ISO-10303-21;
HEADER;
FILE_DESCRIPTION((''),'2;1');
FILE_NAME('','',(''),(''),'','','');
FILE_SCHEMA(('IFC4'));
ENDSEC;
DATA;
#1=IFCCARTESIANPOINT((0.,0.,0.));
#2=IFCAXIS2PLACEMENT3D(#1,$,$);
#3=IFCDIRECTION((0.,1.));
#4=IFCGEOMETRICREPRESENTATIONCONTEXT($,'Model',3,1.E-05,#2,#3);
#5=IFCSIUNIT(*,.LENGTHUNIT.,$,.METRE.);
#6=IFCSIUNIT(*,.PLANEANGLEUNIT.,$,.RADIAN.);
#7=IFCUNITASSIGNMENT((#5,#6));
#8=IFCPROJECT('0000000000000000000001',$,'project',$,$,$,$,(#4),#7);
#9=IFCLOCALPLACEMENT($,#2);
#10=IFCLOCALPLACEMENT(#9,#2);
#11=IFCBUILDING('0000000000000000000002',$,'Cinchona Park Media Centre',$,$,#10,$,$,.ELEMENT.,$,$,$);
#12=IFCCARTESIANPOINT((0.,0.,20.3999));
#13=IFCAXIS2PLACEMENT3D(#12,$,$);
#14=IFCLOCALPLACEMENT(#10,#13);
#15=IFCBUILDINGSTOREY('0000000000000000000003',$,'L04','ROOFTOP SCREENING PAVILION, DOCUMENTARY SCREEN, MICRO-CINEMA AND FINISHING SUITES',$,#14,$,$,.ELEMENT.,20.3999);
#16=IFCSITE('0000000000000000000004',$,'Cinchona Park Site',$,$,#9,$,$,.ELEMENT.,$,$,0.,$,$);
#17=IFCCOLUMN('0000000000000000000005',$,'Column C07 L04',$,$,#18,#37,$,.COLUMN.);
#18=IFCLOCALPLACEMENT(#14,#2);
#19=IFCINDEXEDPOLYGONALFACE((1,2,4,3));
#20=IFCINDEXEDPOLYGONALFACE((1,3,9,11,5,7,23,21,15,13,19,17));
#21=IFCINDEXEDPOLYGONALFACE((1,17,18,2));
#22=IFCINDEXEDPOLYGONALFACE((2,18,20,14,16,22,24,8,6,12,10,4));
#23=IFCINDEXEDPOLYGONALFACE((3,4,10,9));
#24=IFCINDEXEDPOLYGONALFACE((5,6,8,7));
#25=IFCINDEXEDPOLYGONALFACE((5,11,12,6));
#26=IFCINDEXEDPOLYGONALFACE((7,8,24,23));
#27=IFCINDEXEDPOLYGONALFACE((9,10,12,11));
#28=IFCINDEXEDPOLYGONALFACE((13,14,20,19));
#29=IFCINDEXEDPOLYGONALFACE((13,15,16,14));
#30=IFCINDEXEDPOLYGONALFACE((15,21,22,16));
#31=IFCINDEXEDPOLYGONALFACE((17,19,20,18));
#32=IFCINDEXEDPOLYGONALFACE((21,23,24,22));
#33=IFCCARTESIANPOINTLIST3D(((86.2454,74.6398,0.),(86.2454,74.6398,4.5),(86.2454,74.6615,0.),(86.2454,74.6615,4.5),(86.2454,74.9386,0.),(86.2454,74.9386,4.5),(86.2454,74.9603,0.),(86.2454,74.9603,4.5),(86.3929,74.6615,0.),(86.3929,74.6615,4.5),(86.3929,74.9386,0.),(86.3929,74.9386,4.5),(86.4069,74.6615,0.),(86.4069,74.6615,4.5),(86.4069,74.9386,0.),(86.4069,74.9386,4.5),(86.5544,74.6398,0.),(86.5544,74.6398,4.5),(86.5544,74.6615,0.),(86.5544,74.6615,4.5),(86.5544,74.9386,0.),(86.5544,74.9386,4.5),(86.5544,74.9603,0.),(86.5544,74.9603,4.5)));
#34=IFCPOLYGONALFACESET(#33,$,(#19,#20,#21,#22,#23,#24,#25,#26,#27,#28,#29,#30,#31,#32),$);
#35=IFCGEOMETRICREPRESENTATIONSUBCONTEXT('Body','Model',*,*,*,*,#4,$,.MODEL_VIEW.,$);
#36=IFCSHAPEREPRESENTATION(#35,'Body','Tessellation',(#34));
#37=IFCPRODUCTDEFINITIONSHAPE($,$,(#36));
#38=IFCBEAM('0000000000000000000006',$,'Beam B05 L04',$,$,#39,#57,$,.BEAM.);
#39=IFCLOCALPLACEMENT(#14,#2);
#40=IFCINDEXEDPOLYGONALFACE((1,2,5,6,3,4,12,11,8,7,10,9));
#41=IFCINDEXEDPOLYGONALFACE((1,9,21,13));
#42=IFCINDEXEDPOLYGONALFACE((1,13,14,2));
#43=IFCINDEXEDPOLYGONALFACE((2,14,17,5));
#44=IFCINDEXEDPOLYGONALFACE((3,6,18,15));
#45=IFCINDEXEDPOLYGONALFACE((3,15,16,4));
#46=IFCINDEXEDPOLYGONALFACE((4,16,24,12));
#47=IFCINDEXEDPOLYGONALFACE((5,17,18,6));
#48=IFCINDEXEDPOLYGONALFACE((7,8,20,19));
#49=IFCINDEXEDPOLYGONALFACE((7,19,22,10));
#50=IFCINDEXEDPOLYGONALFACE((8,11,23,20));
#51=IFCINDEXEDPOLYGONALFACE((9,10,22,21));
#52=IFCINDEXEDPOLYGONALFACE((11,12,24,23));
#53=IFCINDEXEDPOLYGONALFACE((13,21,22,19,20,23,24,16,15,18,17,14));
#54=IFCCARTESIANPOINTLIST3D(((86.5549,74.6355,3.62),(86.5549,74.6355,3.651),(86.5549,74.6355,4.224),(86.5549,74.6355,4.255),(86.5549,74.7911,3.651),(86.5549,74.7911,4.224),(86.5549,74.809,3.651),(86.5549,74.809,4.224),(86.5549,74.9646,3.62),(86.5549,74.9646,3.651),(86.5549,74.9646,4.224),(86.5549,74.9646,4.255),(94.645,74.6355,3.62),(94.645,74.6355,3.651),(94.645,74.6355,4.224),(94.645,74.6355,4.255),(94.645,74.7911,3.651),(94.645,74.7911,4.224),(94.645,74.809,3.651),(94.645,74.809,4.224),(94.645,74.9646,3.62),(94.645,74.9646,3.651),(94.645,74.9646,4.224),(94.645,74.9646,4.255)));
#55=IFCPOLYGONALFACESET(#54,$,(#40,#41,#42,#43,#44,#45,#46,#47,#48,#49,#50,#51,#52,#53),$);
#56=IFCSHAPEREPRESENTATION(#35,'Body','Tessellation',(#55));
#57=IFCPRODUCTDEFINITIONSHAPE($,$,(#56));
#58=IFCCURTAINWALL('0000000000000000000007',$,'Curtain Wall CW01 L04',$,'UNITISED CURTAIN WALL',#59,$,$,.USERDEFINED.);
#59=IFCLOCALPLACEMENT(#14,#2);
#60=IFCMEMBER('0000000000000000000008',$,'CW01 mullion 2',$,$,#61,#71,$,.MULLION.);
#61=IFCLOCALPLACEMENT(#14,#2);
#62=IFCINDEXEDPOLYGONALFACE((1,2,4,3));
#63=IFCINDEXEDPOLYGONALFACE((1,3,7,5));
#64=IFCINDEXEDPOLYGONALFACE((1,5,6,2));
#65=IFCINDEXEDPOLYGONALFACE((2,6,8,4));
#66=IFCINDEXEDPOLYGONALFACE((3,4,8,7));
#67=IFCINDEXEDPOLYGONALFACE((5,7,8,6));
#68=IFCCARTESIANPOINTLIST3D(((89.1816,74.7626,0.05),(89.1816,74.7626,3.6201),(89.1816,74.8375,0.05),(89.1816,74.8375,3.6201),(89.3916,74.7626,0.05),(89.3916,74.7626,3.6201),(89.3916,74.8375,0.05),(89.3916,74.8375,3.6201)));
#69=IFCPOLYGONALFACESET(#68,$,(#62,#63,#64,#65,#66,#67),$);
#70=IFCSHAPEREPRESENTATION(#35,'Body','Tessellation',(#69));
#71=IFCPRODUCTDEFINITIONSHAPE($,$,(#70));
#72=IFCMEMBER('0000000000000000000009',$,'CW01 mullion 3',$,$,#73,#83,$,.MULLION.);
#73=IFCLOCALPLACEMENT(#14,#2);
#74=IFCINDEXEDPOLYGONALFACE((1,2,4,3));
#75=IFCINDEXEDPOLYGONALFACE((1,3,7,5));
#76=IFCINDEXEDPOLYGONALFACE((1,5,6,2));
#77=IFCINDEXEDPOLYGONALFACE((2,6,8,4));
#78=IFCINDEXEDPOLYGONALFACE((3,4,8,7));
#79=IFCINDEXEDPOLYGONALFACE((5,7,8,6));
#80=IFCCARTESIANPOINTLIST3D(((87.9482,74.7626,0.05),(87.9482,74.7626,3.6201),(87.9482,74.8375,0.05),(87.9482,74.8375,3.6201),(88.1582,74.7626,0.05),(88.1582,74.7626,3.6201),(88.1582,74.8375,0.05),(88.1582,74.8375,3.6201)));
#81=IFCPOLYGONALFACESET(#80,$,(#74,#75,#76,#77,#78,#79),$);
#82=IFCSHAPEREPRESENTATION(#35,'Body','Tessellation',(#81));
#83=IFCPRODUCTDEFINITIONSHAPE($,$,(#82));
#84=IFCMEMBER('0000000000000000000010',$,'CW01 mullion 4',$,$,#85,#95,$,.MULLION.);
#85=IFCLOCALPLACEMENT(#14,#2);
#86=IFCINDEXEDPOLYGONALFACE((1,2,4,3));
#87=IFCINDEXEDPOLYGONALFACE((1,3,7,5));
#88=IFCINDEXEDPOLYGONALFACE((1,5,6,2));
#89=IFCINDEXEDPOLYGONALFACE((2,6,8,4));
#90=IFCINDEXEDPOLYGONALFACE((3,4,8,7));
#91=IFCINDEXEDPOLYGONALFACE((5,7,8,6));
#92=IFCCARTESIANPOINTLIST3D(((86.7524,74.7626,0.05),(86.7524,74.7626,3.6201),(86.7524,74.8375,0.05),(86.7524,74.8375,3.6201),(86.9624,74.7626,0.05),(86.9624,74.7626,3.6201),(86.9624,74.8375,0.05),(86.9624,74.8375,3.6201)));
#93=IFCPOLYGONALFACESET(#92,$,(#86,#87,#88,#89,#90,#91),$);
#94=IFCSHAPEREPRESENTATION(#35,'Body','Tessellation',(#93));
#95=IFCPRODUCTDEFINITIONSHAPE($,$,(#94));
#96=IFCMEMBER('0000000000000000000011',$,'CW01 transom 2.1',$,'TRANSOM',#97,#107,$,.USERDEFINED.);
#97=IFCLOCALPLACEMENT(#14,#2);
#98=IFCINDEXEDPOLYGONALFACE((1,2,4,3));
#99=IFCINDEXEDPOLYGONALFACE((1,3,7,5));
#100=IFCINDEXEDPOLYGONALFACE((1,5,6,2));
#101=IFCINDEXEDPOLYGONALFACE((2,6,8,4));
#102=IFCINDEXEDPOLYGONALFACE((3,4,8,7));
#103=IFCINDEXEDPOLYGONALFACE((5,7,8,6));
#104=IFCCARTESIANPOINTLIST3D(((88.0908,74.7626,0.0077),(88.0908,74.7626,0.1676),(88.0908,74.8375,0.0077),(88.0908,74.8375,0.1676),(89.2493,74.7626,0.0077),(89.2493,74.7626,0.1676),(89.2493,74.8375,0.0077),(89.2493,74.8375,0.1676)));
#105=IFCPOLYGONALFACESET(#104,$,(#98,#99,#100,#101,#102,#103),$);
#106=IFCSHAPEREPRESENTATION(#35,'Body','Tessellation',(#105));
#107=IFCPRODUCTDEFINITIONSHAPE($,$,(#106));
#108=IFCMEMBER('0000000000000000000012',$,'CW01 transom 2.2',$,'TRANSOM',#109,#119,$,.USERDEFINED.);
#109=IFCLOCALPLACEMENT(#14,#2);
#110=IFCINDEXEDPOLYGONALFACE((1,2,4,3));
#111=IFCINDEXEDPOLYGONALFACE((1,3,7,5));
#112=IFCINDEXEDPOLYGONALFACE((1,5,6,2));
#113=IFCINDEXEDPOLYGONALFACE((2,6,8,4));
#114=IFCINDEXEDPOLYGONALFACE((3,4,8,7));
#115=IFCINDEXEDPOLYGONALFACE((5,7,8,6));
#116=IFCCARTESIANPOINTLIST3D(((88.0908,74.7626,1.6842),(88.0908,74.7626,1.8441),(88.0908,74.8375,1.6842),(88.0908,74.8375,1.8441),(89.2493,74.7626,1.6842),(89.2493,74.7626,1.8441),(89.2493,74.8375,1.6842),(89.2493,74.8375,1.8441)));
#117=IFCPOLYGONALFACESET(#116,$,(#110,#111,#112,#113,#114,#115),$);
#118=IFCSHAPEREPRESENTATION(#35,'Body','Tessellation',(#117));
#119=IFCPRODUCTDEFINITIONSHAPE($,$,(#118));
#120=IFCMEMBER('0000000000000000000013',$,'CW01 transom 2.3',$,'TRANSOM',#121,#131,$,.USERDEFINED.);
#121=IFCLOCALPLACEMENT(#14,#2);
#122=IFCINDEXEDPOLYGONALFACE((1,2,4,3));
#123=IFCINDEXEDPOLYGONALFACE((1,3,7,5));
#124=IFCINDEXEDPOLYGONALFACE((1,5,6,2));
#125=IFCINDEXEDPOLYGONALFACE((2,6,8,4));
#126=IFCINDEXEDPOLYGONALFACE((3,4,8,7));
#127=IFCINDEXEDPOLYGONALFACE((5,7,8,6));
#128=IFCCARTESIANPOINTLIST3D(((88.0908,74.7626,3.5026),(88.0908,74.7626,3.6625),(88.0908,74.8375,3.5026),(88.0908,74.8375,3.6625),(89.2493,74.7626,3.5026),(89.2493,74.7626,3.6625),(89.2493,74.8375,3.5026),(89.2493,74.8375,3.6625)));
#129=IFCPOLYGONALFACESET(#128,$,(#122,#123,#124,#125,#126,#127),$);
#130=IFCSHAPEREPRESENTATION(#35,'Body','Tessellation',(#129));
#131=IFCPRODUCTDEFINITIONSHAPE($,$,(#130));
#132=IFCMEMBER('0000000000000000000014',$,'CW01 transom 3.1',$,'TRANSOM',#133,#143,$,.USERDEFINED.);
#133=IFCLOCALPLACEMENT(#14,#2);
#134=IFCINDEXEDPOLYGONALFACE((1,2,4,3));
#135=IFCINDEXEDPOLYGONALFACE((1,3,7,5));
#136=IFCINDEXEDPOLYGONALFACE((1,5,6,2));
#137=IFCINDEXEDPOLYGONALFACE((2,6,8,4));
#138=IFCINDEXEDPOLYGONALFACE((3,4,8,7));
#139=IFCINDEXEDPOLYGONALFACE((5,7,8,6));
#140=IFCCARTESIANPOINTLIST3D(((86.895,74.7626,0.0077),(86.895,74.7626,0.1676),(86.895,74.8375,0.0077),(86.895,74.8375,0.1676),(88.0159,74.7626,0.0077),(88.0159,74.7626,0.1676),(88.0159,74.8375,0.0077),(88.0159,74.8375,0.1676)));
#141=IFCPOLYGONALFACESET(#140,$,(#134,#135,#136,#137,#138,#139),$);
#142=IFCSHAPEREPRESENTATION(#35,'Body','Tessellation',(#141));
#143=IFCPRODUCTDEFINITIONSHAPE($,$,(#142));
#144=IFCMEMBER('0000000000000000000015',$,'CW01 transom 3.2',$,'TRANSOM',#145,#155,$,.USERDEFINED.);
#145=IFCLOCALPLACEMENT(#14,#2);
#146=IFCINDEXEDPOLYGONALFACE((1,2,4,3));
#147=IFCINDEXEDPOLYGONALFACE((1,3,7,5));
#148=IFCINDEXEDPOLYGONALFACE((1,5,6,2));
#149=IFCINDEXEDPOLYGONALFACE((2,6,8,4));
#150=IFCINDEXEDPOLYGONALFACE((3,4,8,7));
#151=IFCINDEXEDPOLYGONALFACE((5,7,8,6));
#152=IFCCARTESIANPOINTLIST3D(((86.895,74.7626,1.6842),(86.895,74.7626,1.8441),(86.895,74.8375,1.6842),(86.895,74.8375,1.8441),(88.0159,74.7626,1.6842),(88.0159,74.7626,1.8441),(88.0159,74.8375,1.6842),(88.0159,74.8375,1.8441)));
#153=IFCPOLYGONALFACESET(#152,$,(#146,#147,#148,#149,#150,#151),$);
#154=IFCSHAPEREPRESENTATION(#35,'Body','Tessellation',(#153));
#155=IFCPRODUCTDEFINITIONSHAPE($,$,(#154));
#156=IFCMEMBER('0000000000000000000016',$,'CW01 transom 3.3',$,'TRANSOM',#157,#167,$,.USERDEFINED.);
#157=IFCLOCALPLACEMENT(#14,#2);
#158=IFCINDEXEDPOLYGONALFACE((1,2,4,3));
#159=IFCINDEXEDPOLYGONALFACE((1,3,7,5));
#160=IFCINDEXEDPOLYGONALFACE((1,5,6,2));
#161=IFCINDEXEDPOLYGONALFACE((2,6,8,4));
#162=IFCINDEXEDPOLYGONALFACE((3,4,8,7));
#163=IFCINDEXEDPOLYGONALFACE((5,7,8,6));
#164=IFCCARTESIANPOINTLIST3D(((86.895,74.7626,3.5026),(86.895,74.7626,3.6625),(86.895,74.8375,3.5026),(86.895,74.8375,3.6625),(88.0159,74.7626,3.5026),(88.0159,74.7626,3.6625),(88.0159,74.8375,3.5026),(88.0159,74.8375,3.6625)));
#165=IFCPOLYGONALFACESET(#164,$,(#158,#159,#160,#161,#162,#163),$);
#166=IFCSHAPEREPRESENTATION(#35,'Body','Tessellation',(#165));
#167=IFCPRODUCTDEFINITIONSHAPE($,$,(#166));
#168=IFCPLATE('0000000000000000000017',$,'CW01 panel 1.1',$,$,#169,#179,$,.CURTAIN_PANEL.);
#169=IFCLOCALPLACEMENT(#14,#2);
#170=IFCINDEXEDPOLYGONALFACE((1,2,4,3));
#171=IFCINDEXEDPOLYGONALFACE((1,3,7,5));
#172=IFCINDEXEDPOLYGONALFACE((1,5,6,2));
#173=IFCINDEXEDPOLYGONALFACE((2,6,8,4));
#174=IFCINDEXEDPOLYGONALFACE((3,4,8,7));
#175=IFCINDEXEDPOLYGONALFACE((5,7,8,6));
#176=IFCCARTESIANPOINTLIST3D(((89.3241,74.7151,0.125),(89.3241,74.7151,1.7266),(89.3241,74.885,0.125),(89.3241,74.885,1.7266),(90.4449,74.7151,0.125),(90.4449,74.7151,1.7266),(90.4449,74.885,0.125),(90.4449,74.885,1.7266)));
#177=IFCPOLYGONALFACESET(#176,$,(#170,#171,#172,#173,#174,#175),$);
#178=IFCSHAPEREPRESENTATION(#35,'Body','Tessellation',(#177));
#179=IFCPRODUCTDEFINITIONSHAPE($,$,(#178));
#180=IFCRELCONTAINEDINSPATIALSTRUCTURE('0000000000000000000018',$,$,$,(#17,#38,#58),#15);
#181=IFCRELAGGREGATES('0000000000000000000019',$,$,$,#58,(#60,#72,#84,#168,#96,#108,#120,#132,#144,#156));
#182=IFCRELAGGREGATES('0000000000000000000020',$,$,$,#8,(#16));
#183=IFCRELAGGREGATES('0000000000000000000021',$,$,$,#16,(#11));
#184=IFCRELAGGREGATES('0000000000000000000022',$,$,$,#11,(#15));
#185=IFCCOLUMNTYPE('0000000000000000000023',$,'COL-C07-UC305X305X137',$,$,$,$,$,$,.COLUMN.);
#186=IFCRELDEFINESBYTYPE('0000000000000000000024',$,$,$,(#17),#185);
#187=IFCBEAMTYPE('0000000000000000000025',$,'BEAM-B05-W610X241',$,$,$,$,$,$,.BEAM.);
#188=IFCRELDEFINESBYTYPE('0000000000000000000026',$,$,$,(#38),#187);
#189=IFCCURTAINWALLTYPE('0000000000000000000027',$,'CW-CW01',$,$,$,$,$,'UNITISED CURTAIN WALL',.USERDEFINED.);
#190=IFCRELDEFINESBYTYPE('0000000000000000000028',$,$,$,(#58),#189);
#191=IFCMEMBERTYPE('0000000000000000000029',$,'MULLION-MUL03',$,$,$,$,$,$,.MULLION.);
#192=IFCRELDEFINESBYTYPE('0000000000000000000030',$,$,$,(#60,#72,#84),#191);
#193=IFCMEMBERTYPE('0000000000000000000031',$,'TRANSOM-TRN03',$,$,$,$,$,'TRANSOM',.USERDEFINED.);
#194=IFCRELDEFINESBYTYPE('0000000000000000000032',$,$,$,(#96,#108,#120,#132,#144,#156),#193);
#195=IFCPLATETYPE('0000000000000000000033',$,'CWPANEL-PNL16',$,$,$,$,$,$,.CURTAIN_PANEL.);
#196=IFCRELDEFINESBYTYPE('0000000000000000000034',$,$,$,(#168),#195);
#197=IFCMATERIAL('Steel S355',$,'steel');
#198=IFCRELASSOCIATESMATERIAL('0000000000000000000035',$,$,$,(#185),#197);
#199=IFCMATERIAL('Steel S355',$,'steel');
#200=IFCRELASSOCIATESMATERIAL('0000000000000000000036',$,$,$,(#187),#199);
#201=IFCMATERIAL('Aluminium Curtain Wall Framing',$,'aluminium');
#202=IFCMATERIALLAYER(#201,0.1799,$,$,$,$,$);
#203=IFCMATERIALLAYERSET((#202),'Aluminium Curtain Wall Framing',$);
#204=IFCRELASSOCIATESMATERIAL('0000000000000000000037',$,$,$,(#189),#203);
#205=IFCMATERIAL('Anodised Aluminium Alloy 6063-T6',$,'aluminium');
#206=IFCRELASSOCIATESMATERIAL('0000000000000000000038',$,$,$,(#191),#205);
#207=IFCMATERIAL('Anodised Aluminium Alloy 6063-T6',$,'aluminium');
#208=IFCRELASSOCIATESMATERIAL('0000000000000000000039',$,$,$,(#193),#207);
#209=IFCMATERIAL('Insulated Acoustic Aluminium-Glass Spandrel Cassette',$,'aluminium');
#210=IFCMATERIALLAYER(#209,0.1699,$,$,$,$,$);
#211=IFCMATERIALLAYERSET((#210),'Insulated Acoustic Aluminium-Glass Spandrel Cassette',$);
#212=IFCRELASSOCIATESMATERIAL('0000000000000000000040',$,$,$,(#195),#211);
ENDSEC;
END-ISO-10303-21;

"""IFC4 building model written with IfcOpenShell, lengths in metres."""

from ifc_helpers import new_model, si_unit, direction, frame, origin, origin_2d, place, context, subcontext, project, spatial, rectangle, i_section, extrude, material, layer, layer_set, material_profile, profile_set, type_object, element, aggregate, save


model = new_model("IFC4")

# Units and contexts
model_context = context("Model", 3, precision=1e-05, world=origin(), true_north=direction((0.0, 1.0)))
body_context = subcontext(model_context, "Body", "Model", "MODEL_VIEW")
ifc_project = project(units=[si_unit("LENGTHUNIT", "METRE"), si_unit("PLANEANGLEUNIT", "RADIAN")], contexts=[model_context])

# Site, building, storey
site_placement = place(None, origin())
site = spatial("IfcSite", under=ifc_project, at=site_placement, Name="Cinchona Park Site", CompositionType="ELEMENT", RefElevation=0.0)
building_placement = place(site_placement, origin())
building = spatial("IfcBuilding", under=site, at=building_placement, Name="Cinchona Park Media Centre", CompositionType="ELEMENT")
storey_placement = place(building_placement, frame((0.0, 0.0, 20.3999)))
storey = spatial("IfcBuildingStorey", under=building, at=storey_placement, Name="L04", Description="ROOFTOP SCREENING PAVILION, DOCUMENTARY SCREEN, MICRO-CINEMA AND FINISHING SUITES", CompositionType="ELEMENT", Elevation=20.3999)

# Column
ifc_material_1 = material(Name="Steel S355", Category="steel")
ifc_material_profile_1 = material_profile(ifc_material_1, i_section(OverallWidth=0.3091, OverallDepth=0.3206, WebThickness=0.0139, FlangeThickness=0.0217, at=origin_2d()), Name="UC305X305X137")
ifc_profile_set_1 = profile_set([ifc_material_profile_1], Name="Steel S355")
column_type = type_object("IfcColumnType", Name="COL-C07-UC305X305X137", PredefinedType="COLUMN", material=ifc_profile_set_1)
column_placement = place(storey_placement, frame((86.3999, 74.8, 0.0), z_axis=(0.0, 0.0, 1.0), x_axis=(1.0, 0.0, 0.0)))
element("IfcColumn", 1, at=column_placement, inside=storey, type_object=column_type, Name="Column C07 L04", PredefinedType="COLUMN", context=body_context, shape_type="SweptSolid", body=[
    extrude(i_section(OverallWidth=0.3091, OverallDepth=0.3206, WebThickness=0.0139, FlangeThickness=0.0217, at=origin_2d()), origin(), (0.0, 0.0, 1.0), 4.5),
])

# Beam
ifc_material_2 = material(Name="Steel S355", Category="steel")
ifc_material_profile_2 = material_profile(ifc_material_2, i_section(OverallWidth=0.3291, OverallDepth=0.635, WebThickness=0.0178, FlangeThickness=0.031, at=origin_2d()), Name="W610X241")
ifc_profile_set_2 = profile_set([ifc_material_profile_2], Name="Steel S355")
beam_type = type_object("IfcBeamType", Name="BEAM-B05-W610X241", PredefinedType="BEAM", material=ifc_profile_set_2)
beam_placement = place(storey_placement, frame((86.5549, 74.8, 3.9375), z_axis=(1.0, 0.0, 0.0), x_axis=(0.0, 1.0, 0.0)))
element("IfcBeam", 2, at=beam_placement, inside=storey, type_object=beam_type, Name="Beam B05 L04", PredefinedType="BEAM", context=body_context, shape_type="SweptSolid", body=[
    extrude(i_section(OverallWidth=0.3291, OverallDepth=0.635, WebThickness=0.0178, FlangeThickness=0.031, at=origin_2d()), origin(), (0.0, 0.0, 1.0), 8.0901),
])

# Curtain wall, members, plate
ifc_material_3 = material(Name="Aluminium Curtain Wall Framing", Category="aluminium")
ifc_layer_1 = layer(ifc_material_3, 0.1799)
ifc_layer_set_1 = layer_set([ifc_layer_1], Name="Aluminium Curtain Wall Framing")
curtain_wall_type = type_object("IfcCurtainWallType", Name="CW-CW01", ElementType="UNITISED CURTAIN WALL", PredefinedType="USERDEFINED", material=ifc_layer_set_1)
curtain_wall_placement = place(storey_placement, origin())
curtain_wall = element("IfcCurtainWall", 3, at=curtain_wall_placement, inside=storey, type_object=curtain_wall_type, Name="Curtain Wall CW01 L04", ObjectType="UNITISED CURTAIN WALL", PredefinedType="USERDEFINED")
ifc_material_4 = material(Name="Anodised Aluminium Alloy 6063-T6", Category="aluminium")
ifc_material_profile_3 = material_profile(ifc_material_4, rectangle(XDim=0.075, YDim=0.21, at=origin_2d()), Name="MUL-75X210")
ifc_profile_set_3 = profile_set([ifc_material_profile_3], Name="Anodised Aluminium Alloy 6063-T6")
member_type_1 = type_object("IfcMemberType", Name="MULLION-MUL03", PredefinedType="MULLION", material=ifc_profile_set_3)
member_1_placement = place(storey_placement, frame((89.2866, 74.8, 0.05), z_axis=(0.0, 0.0, 1.0), x_axis=(0.0, -1.0, 0.0)))
member_1 = element("IfcMember", 4, at=member_1_placement, type_object=member_type_1, Name="CW01 mullion 2", PredefinedType="MULLION", context=body_context, shape_type="SweptSolid", body=[
    extrude(rectangle(XDim=0.075, YDim=0.21, at=origin_2d()), origin(), (0.0, 0.0, 1.0), 3.5701),
])
member_2_placement = place(storey_placement, frame((88.0532, 74.8, 0.05), z_axis=(0.0, 0.0, 1.0), x_axis=(0.0, -1.0, 0.0)))
member_2 = element("IfcMember", 5, at=member_2_placement, type_object=member_type_1, Name="CW01 mullion 3", PredefinedType="MULLION", context=body_context, shape_type="SweptSolid", body=[
    extrude(rectangle(XDim=0.075, YDim=0.21, at=origin_2d()), origin(), (0.0, 0.0, 1.0), 3.5701),
])
member_3_placement = place(storey_placement, frame((86.8574, 74.8, 0.05), z_axis=(0.0, 0.0, 1.0), x_axis=(0.0, -1.0, 0.0)))
member_3 = element("IfcMember", 6, at=member_3_placement, type_object=member_type_1, Name="CW01 mullion 4", PredefinedType="MULLION", context=body_context, shape_type="SweptSolid", body=[
    extrude(rectangle(XDim=0.075, YDim=0.21, at=origin_2d()), origin(), (0.0, 0.0, 1.0), 3.5701),
])
ifc_material_5 = material(Name="Anodised Aluminium Alloy 6063-T6", Category="aluminium")
ifc_material_profile_4 = material_profile(ifc_material_5, rectangle(XDim=0.075, YDim=0.1599, at=origin_2d()), Name="TRN-75X160")
ifc_profile_set_4 = profile_set([ifc_material_profile_4], Name="Anodised Aluminium Alloy 6063-T6")
member_type_2 = type_object("IfcMemberType", Name="TRANSOM-TRN03", ElementType="TRANSOM", PredefinedType="USERDEFINED", material=ifc_profile_set_4)
member_4_placement = place(storey_placement, frame((89.2493, 74.8, 0.0876), z_axis=(-1.0, 0.0, 0.0), x_axis=(0.0, -1.0, 0.0)))
member_4 = element("IfcMember", 7, at=member_4_placement, type_object=member_type_2, Name="CW01 transom 2.1", ObjectType="TRANSOM", PredefinedType="USERDEFINED", context=body_context, shape_type="SweptSolid", body=[
    extrude(rectangle(XDim=0.075, YDim=0.1599, at=origin_2d()), origin(), (0.0, 0.0, 1.0), 1.1584),
])
member_5_placement = place(storey_placement, frame((89.2493, 74.8, 1.7642), z_axis=(-1.0, 0.0, 0.0), x_axis=(0.0, -1.0, 0.0)))
member_5 = element("IfcMember", 8, at=member_5_placement, type_object=member_type_2, Name="CW01 transom 2.2", ObjectType="TRANSOM", PredefinedType="USERDEFINED", context=body_context, shape_type="SweptSolid", body=[
    extrude(rectangle(XDim=0.075, YDim=0.1599, at=origin_2d()), origin(), (0.0, 0.0, 1.0), 1.1584),
])
member_6_placement = place(storey_placement, frame((89.2493, 74.8, 3.5825), z_axis=(-1.0, 0.0, 0.0), x_axis=(0.0, -1.0, 0.0)))
member_6 = element("IfcMember", 9, at=member_6_placement, type_object=member_type_2, Name="CW01 transom 2.3", ObjectType="TRANSOM", PredefinedType="USERDEFINED", context=body_context, shape_type="SweptSolid", body=[
    extrude(rectangle(XDim=0.075, YDim=0.1599, at=origin_2d()), origin(), (0.0, 0.0, 1.0), 1.1584),
])
member_7_placement = place(storey_placement, frame((88.0159, 74.8, 0.0876), z_axis=(-1.0, 0.0, 0.0), x_axis=(0.0, -1.0, 0.0)))
member_7 = element("IfcMember", 10, at=member_7_placement, type_object=member_type_2, Name="CW01 transom 3.1", ObjectType="TRANSOM", PredefinedType="USERDEFINED", context=body_context, shape_type="SweptSolid", body=[
    extrude(rectangle(XDim=0.075, YDim=0.1599, at=origin_2d()), origin(), (0.0, 0.0, 1.0), 1.1208),
])
member_8_placement = place(storey_placement, frame((88.0159, 74.8, 1.7642), z_axis=(-1.0, 0.0, 0.0), x_axis=(0.0, -1.0, 0.0)))
member_8 = element("IfcMember", 11, at=member_8_placement, type_object=member_type_2, Name="CW01 transom 3.2", ObjectType="TRANSOM", PredefinedType="USERDEFINED", context=body_context, shape_type="SweptSolid", body=[
    extrude(rectangle(XDim=0.075, YDim=0.1599, at=origin_2d()), origin(), (0.0, 0.0, 1.0), 1.1208),
])
member_9_placement = place(storey_placement, frame((88.0159, 74.8, 3.5825), z_axis=(-1.0, 0.0, 0.0), x_axis=(0.0, -1.0, 0.0)))
member_9 = element("IfcMember", 12, at=member_9_placement, type_object=member_type_2, Name="CW01 transom 3.3", ObjectType="TRANSOM", PredefinedType="USERDEFINED", context=body_context, shape_type="SweptSolid", body=[
    extrude(rectangle(XDim=0.075, YDim=0.1599, at=origin_2d()), origin(), (0.0, 0.0, 1.0), 1.1208),
])
ifc_material_6 = material(Name="Insulated Acoustic Aluminium-Glass Spandrel Cassette", Category="aluminium")
ifc_layer_2 = layer(ifc_material_6, 0.1699)
ifc_layer_set_2 = layer_set([ifc_layer_2], Name="Insulated Acoustic Aluminium-Glass Spandrel Cassette")
plate_type = type_object("IfcPlateType", Name="CWPANEL-PNL16", PredefinedType="CURTAIN_PANEL", material=ifc_layer_set_2)
plate_1_placement = place(storey_placement, frame((89.8845, 74.8, 0.125), z_axis=(0.0, 0.0, 1.0), x_axis=(-1.0, 0.0, 0.0)))
plate_1 = element("IfcPlate", 13, at=plate_1_placement, type_object=plate_type, Name="CW01 panel 1.1", PredefinedType="CURTAIN_PANEL", context=body_context, shape_type="SweptSolid", body=[
    extrude(rectangle(XDim=1.1208, YDim=0.1699, at=origin_2d()), origin(), (0.0, 0.0, 1.0), 1.6016),
])
aggregate(curtain_wall, [member_1, member_2, member_3, plate_1, member_4, member_5, member_6, member_7, member_8, member_9])

save(model, "model.ifc")
